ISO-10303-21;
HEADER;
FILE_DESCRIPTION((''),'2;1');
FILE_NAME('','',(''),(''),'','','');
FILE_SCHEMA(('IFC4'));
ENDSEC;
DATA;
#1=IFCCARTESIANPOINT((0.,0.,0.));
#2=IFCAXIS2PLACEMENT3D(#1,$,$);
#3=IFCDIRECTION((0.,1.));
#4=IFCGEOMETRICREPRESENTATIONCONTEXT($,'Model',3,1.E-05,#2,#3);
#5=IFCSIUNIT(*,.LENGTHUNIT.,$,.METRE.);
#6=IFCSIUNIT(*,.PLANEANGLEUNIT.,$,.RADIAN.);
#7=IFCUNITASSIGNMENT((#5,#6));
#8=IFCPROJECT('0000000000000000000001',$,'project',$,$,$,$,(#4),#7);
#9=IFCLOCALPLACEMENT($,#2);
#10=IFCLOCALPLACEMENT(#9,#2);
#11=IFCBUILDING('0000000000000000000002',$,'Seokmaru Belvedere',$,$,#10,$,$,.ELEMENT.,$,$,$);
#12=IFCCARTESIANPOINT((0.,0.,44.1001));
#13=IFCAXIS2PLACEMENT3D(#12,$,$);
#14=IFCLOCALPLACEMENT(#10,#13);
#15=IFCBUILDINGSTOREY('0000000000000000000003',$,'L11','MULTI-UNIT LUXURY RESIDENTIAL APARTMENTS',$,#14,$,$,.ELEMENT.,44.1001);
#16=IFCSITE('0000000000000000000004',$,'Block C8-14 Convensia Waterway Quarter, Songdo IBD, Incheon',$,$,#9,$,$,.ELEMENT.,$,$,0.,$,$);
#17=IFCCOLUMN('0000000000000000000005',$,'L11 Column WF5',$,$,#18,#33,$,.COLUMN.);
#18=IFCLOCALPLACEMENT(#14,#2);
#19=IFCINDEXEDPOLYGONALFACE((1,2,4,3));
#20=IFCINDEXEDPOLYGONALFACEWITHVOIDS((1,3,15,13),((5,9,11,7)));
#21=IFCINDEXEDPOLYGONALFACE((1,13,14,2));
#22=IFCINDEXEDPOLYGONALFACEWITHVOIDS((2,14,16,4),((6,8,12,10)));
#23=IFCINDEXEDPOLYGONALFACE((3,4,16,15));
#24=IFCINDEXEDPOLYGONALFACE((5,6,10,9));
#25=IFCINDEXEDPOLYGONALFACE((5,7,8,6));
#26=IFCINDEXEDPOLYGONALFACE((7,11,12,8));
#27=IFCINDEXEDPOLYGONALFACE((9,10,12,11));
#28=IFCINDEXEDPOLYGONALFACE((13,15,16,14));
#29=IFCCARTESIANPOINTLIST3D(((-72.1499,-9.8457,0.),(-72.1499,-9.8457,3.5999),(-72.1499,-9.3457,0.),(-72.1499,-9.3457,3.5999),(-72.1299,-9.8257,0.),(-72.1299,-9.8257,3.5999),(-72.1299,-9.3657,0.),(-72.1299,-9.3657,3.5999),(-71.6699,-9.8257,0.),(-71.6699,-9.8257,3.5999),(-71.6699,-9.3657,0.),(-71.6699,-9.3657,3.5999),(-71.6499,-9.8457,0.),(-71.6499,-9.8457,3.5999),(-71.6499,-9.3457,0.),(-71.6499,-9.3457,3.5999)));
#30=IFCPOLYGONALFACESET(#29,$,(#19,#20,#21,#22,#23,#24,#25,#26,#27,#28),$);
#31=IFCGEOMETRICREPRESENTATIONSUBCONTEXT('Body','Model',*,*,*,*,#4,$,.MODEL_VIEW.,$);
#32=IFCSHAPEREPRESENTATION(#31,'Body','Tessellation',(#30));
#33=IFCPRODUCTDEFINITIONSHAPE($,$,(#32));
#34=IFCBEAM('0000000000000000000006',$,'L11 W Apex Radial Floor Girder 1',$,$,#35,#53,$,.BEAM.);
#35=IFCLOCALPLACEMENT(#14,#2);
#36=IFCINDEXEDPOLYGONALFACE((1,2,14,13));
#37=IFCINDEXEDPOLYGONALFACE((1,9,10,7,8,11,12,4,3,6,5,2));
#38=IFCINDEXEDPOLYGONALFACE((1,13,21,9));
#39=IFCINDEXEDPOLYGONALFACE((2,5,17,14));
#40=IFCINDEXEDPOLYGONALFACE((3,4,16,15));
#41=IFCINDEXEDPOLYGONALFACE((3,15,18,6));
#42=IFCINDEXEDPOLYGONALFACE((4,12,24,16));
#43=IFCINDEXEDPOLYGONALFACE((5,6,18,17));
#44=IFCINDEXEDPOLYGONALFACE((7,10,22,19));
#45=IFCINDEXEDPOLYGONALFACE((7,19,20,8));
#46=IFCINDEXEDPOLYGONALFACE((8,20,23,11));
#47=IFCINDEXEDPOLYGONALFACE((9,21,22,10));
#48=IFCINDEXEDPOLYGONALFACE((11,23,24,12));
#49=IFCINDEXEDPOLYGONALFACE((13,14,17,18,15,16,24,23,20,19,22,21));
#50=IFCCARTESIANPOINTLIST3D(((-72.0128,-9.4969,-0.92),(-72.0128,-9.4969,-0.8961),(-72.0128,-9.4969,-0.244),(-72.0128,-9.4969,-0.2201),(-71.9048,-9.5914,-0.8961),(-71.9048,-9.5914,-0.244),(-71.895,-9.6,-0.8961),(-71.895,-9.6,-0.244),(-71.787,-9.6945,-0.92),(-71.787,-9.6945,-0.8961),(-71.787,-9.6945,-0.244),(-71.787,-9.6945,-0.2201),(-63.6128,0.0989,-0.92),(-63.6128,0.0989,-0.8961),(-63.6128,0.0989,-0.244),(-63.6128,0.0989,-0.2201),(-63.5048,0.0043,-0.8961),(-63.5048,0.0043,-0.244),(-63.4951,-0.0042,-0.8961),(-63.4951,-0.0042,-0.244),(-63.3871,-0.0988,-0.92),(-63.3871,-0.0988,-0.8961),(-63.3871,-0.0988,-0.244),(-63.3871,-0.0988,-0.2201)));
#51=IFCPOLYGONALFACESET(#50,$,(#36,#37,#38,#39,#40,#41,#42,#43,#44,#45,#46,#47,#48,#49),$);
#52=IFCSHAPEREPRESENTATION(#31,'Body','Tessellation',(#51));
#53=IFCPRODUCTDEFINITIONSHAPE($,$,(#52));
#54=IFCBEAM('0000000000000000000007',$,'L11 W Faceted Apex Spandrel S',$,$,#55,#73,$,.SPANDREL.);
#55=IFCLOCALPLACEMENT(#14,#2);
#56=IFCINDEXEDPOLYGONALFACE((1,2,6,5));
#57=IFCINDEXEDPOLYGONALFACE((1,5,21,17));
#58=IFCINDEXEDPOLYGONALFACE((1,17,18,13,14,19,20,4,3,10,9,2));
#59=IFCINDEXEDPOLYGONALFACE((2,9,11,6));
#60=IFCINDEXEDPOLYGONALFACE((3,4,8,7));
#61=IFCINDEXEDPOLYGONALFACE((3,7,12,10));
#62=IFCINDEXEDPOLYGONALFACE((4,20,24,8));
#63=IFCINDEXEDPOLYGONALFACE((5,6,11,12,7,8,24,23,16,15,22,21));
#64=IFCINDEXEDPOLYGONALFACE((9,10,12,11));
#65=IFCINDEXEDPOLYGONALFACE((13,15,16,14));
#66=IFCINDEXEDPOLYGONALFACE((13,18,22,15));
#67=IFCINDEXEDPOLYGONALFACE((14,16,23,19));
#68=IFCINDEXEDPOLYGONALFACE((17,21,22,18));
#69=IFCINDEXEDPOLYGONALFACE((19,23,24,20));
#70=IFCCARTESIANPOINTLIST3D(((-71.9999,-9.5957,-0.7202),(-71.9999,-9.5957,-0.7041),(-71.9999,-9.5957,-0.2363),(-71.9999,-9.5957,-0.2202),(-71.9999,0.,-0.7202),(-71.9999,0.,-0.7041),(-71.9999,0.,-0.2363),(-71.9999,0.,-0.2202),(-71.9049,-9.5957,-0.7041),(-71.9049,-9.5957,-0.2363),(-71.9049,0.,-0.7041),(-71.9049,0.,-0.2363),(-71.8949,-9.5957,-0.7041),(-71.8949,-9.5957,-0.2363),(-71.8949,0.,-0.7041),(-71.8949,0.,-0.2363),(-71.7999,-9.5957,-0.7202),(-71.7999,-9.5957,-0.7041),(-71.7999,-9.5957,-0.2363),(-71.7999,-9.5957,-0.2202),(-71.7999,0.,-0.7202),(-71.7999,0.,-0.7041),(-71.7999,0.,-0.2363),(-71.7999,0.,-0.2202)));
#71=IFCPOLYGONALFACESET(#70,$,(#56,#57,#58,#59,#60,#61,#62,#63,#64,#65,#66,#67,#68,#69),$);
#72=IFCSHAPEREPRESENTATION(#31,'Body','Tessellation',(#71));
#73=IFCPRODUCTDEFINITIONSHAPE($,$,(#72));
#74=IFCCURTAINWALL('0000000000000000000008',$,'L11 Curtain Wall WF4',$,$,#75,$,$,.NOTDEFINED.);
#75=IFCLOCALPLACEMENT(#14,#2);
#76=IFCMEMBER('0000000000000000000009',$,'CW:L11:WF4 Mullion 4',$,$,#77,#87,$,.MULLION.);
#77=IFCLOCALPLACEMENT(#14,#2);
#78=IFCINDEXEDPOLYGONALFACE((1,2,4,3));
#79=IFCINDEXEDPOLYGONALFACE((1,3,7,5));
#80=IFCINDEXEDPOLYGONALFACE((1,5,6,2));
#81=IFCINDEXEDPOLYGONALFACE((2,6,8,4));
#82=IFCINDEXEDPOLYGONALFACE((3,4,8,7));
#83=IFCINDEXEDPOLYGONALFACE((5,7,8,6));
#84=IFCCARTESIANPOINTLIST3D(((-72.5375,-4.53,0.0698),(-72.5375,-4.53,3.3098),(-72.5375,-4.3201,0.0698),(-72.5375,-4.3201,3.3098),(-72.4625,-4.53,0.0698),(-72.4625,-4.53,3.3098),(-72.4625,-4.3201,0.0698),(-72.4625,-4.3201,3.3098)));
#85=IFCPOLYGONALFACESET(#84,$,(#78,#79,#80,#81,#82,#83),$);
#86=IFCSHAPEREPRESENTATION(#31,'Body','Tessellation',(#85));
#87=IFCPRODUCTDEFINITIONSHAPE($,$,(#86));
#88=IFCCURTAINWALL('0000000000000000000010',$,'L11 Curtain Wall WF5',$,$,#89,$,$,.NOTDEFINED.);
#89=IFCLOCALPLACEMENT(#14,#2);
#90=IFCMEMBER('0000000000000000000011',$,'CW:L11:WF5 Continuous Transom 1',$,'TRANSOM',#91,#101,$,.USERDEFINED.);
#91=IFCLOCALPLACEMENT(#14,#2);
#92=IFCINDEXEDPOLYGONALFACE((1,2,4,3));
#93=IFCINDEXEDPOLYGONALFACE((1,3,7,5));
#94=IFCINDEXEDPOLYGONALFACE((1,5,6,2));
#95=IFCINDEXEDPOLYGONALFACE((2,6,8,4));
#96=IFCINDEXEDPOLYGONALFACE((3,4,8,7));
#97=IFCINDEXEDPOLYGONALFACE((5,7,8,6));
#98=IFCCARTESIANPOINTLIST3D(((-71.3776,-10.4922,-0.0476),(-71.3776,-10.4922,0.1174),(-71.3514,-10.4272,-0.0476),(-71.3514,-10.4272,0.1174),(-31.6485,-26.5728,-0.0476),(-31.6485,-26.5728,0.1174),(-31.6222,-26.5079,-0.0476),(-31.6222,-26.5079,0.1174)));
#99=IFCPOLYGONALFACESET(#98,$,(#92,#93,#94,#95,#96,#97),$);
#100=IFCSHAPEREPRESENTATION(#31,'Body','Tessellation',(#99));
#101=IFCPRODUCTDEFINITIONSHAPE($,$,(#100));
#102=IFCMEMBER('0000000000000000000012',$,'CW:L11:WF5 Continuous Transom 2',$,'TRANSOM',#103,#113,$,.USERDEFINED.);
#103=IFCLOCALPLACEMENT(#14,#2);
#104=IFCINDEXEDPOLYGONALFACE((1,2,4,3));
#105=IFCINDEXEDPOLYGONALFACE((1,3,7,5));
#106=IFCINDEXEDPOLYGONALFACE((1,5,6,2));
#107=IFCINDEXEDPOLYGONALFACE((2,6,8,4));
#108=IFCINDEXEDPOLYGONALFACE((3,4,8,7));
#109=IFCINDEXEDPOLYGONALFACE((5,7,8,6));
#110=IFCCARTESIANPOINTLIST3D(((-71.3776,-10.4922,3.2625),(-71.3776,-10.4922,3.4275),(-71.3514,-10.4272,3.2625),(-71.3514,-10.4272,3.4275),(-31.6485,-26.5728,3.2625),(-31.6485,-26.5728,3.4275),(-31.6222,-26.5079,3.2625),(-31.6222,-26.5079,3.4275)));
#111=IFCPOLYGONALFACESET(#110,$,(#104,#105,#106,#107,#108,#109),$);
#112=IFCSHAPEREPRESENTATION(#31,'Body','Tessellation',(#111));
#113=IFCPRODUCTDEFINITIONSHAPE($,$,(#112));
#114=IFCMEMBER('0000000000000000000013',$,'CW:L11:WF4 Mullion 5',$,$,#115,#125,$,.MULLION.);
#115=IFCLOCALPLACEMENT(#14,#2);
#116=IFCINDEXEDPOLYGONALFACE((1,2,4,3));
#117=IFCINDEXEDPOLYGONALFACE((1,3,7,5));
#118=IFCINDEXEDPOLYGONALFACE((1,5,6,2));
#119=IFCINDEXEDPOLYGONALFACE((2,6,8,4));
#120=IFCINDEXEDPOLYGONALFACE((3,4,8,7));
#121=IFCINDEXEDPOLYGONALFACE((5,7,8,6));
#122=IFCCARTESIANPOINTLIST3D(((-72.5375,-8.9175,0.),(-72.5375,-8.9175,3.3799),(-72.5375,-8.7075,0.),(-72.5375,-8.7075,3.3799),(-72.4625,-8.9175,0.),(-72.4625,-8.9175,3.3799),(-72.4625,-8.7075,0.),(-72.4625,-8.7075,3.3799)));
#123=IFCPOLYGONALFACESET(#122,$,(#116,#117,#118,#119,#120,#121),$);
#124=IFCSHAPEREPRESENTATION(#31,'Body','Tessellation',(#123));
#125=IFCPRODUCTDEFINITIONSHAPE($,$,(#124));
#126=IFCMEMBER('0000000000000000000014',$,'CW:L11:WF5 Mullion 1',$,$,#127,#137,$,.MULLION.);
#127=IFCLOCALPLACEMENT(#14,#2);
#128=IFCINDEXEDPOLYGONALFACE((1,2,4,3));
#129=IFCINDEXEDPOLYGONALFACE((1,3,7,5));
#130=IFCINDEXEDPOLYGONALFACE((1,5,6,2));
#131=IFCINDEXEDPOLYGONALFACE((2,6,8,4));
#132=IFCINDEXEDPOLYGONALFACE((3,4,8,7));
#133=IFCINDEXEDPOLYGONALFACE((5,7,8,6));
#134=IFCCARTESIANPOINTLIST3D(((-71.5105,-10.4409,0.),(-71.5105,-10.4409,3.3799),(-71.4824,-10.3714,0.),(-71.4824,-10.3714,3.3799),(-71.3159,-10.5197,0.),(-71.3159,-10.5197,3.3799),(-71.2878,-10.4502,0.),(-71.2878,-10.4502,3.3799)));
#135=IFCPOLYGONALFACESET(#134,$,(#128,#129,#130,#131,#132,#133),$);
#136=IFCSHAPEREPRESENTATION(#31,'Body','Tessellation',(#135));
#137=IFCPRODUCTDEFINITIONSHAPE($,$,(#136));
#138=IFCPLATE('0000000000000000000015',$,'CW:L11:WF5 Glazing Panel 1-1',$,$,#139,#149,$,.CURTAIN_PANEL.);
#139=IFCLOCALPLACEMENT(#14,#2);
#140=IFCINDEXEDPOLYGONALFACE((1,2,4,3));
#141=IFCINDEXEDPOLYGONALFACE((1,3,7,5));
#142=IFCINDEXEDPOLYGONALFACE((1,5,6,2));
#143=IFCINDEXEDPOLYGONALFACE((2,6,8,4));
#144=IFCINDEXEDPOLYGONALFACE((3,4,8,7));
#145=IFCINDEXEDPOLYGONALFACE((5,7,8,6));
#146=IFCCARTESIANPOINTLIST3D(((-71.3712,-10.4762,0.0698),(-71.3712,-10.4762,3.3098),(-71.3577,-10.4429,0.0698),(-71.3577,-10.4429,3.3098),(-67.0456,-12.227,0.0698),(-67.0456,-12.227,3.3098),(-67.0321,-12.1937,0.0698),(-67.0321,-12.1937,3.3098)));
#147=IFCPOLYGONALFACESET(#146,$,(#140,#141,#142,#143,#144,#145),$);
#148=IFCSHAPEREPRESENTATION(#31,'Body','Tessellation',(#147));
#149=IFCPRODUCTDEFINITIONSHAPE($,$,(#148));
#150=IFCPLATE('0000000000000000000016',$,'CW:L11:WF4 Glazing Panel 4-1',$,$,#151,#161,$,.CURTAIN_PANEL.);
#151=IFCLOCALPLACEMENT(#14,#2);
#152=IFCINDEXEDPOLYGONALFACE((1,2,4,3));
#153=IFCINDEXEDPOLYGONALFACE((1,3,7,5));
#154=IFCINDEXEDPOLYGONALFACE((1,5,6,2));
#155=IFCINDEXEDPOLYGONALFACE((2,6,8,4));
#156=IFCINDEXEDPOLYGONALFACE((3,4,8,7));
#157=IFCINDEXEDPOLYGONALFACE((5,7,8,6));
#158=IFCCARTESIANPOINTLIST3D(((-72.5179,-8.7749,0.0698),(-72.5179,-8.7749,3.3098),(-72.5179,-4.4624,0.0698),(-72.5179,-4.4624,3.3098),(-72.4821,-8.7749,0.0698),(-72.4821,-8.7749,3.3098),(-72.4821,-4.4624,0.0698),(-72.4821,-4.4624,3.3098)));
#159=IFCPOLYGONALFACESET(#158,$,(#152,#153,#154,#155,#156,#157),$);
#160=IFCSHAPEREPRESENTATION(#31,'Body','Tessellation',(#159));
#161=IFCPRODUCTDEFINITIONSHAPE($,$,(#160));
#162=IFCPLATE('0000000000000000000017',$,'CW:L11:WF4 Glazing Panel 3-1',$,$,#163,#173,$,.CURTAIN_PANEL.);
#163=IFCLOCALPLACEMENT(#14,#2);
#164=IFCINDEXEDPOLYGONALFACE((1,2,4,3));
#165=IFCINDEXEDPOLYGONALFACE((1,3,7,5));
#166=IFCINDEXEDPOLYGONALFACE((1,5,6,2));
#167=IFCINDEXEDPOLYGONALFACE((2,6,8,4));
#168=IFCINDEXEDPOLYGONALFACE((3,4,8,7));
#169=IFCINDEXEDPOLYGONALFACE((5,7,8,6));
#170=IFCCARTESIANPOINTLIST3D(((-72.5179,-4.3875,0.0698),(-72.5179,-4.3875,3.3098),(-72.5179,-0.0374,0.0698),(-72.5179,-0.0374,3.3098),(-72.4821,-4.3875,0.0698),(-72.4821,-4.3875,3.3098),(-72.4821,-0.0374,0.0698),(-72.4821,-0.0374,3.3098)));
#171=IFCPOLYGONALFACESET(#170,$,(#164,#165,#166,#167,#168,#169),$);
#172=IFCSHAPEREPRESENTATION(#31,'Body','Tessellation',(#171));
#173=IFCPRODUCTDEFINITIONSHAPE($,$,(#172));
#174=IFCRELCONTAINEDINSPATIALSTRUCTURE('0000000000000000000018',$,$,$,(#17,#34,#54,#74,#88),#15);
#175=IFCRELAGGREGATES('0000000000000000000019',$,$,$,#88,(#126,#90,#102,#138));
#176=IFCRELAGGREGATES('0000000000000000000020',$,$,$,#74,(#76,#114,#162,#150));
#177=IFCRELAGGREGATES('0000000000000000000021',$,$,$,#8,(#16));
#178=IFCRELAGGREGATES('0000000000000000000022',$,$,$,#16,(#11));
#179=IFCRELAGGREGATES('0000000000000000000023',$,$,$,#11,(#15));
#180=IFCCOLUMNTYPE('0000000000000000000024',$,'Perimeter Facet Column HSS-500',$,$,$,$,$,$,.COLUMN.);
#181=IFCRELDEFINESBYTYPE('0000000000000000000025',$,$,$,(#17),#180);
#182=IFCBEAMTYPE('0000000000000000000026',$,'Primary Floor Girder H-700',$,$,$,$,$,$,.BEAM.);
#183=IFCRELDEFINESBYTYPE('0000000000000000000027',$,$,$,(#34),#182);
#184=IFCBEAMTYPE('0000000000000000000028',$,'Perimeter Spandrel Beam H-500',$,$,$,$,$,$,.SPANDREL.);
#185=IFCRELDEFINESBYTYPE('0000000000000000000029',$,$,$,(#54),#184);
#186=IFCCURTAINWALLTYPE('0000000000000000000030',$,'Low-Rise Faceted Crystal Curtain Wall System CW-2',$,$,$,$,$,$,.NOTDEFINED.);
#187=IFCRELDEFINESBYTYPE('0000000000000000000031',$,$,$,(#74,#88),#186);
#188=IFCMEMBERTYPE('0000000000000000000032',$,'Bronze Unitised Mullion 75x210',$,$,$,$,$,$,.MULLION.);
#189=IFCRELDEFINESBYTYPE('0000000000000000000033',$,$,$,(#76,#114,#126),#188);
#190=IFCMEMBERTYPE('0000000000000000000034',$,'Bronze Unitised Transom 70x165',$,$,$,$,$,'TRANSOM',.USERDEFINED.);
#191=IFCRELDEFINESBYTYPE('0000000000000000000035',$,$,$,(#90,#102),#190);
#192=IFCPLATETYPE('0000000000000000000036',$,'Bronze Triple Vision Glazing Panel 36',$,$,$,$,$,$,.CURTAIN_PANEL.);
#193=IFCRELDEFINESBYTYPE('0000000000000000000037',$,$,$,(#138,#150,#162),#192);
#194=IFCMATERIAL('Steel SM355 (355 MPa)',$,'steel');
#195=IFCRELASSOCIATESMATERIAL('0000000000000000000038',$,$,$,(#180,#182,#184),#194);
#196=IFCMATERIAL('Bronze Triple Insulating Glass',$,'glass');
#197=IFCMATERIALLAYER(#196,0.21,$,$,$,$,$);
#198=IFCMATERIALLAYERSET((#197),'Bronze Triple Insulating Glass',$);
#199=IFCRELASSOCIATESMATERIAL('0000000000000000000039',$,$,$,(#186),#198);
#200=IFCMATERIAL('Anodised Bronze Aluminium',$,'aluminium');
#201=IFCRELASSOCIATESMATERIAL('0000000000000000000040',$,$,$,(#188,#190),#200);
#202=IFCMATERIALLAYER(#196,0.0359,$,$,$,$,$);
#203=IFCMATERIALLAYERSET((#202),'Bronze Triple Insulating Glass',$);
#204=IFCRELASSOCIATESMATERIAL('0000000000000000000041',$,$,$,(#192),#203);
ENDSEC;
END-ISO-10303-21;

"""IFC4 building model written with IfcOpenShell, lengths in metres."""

from ifc_helpers import new_model, si_unit, direction, frame, origin, origin_2d, place, context, subcontext, project, spatial, rectangle, hollow_rectangle, i_section, extrude, source, transform, mapped, material, layer, layer_set, material_profile, profile_set, type_object, type_shapes, element, aggregate, save


model = new_model("IFC4")

# Units and contexts
model_context = context("Model", 3, precision=1e-05, world=origin(), true_north=direction((0.0, 1.0)))
body_context = subcontext(model_context, "Body", "Model", "MODEL_VIEW")
ifc_project = project(units=[si_unit("LENGTHUNIT", "METRE"), si_unit("PLANEANGLEUNIT", "RADIAN")], contexts=[model_context])

# Site, building, storey
site_placement = place(None, origin())
site = spatial("IfcSite", under=ifc_project, at=site_placement, Name="Block C8-14 Convensia Waterway Quarter, Songdo IBD, Incheon", CompositionType="ELEMENT", RefElevation=0.0)
building_placement = place(site_placement, origin())
building = spatial("IfcBuilding", under=site, at=building_placement, Name="Seokmaru Belvedere", CompositionType="ELEMENT")
storey_placement = place(building_placement, frame((0.0, 0.0, 44.1001)))
storey = spatial("IfcBuildingStorey", under=building, at=storey_placement, Name="L11", Description="MULTI-UNIT LUXURY RESIDENTIAL APARTMENTS", CompositionType="ELEMENT", Elevation=44.1001)

# Column
ifc_material_1 = material(Name="Steel SM355 (355 MPa)", Category="steel")
ifc_material_profile_1 = material_profile(ifc_material_1, hollow_rectangle(XDim=0.5, YDim=0.5, WallThickness=0.02, at=origin_2d()), Name="HSS-500x500x20")
ifc_profile_set_1 = profile_set([ifc_material_profile_1], Name="Steel SM355 (355 MPa)")
column_type = type_object("IfcColumnType", Name="Perimeter Facet Column HSS-500", PredefinedType="COLUMN", material=ifc_profile_set_1)
shared_shape_1 = source(origin(), body_context, "Body", "SweptSolid", [
    extrude(hollow_rectangle(XDim=0.5, YDim=0.5, WallThickness=0.02, at=origin_2d()), origin(), (0.0, 0.0, 1.0), 3.5999),
])
type_shapes(column_type, [shared_shape_1])
column_placement = place(storey_placement, frame((-71.8999, -9.5957, 0.0), z_axis=(0.0, 0.0, 1.0), x_axis=(1.0, 0.0, 0.0)))
element("IfcColumn", 1, at=column_placement, inside=storey, type_object=column_type, Name="L11 Column WF5", PredefinedType="COLUMN", context=body_context, shape_type="MappedRepresentation", body=[
    mapped(shared_shape_1, transform((0.0, 0.0, 0.0), scale=1.0)),
])

# Beams
ifc_material_profile_2 = material_profile(ifc_material_1, i_section(OverallWidth=0.3, OverallDepth=0.7, WebThickness=0.0129, FlangeThickness=0.0239, at=origin_2d()), Name="H-700x300x13x24")
ifc_profile_set_2 = profile_set([ifc_material_profile_2], Name="Steel SM355 (355 MPa)")
beam_type_1 = type_object("IfcBeamType", Name="Primary Floor Girder H-700", PredefinedType="BEAM", material=ifc_profile_set_2)
shared_shape_2 = source(origin(), body_context, "Body", "SweptSolid", [
    extrude(i_section(OverallWidth=0.3, OverallDepth=0.7, WebThickness=0.0129, FlangeThickness=0.0239, at=origin_2d()), origin(), (0.0, 0.0, 1.0), 12.7529),
])
type_shapes(beam_type_1, [shared_shape_2])
beam_1_placement = place(storey_placement, frame((-71.8999, -9.5957, -0.5701), z_axis=(0.658667, 0.752434, 0.0), x_axis=(-0.752434, 0.658667, 0.0)))
element("IfcBeam", 2, at=beam_1_placement, inside=storey, type_object=beam_type_1, Name="L11 W Apex Radial Floor Girder 1", PredefinedType="BEAM", context=body_context, shape_type="MappedRepresentation", body=[
    mapped(shared_shape_2, transform((0.0, 0.0, 0.0), scale=1.0)),
])
ifc_material_profile_3 = material_profile(ifc_material_1, i_section(OverallWidth=0.2, OverallDepth=0.5, WebThickness=0.01, FlangeThickness=0.0161, at=origin_2d()), Name="H-500x200x10x16")
ifc_profile_set_3 = profile_set([ifc_material_profile_3], Name="Steel SM355 (355 MPa)")
beam_type_2 = type_object("IfcBeamType", Name="Perimeter Spandrel Beam H-500", PredefinedType="SPANDREL", material=ifc_profile_set_3)
shared_shape_3 = source(origin(), body_context, "Body", "SweptSolid", [
    extrude(i_section(OverallWidth=0.2, OverallDepth=0.5, WebThickness=0.01, FlangeThickness=0.0161, at=origin_2d()), origin(), (0.0, 0.0, 1.0), 9.5957),
])
type_shapes(beam_type_2, [shared_shape_3])
beam_2_placement = place(storey_placement, frame((-71.8999, -9.5957, -0.4702), z_axis=(0.0, 1.0, 0.0), x_axis=(-1.0, 0.0, 0.0)))
element("IfcBeam", 3, at=beam_2_placement, inside=storey, type_object=beam_type_2, Name="L11 W Faceted Apex Spandrel S", PredefinedType="SPANDREL", context=body_context, shape_type="MappedRepresentation", body=[
    mapped(shared_shape_3, transform((0.0, 0.0, 0.0), scale=1.0)),
])

# Curtain wall, member
ifc_material_2 = material(Name="Bronze Triple Insulating Glass", Category="glass")
ifc_layer_1 = layer(ifc_material_2, 0.21)
ifc_layer_set_1 = layer_set([ifc_layer_1], Name="Bronze Triple Insulating Glass")
curtain_wall_type = type_object("IfcCurtainWallType", Name="Low-Rise Faceted Crystal Curtain Wall System CW-2", PredefinedType="NOTDEFINED", material=ifc_layer_set_1)
curtain_wall_1_placement = place(storey_placement, origin())
curtain_wall_1 = element("IfcCurtainWall", 4, at=curtain_wall_1_placement, inside=storey, type_object=curtain_wall_type, Name="L11 Curtain Wall WF4", PredefinedType="NOTDEFINED")
ifc_material_3 = material(Name="Anodised Bronze Aluminium", Category="aluminium")
ifc_material_profile_4 = material_profile(ifc_material_3, rectangle(XDim=0.075, YDim=0.21, at=origin_2d()), Name="CW-M-75x210")
ifc_profile_set_4 = profile_set([ifc_material_profile_4], Name="Anodised Bronze Aluminium")
member_type_1 = type_object("IfcMemberType", Name="Bronze Unitised Mullion 75x210", PredefinedType="MULLION", material=ifc_profile_set_4)
shared_shape_4 = source(origin(), body_context, "Body", "SweptSolid", [
    extrude(rectangle(XDim=0.075, YDim=0.21, at=origin_2d()), origin(), (0.0, 0.0, 1.0), 3.24),
])
member_1_placement = place(storey_placement, frame((-72.5, -4.425, 0.0698), z_axis=(0.0, 0.0, 1.0), x_axis=(1.0, 0.0, 0.0)))
member_1 = element("IfcMember", 5, at=member_1_placement, type_object=member_type_1, Name="CW:L11:WF4 Mullion 4", PredefinedType="MULLION", context=body_context, shape_type="MappedRepresentation", body=[
    mapped(shared_shape_4, transform((0.0, 0.0, 0.0), scale=1.0)),
])

# Curtain wall, members
curtain_wall_2_placement = place(storey_placement, origin())
curtain_wall_2 = element("IfcCurtainWall", 6, at=curtain_wall_2_placement, inside=storey, type_object=curtain_wall_type, Name="L11 Curtain Wall WF5", PredefinedType="NOTDEFINED")
ifc_material_profile_5 = material_profile(ifc_material_3, rectangle(XDim=0.0701, YDim=0.165, at=origin_2d()), Name="CW-T-70x165")
ifc_profile_set_5 = profile_set([ifc_material_profile_5], Name="Anodised Bronze Aluminium")
member_type_2 = type_object("IfcMemberType", Name="Bronze Unitised Transom 70x165", ElementType="TRANSOM", PredefinedType="USERDEFINED", material=ifc_profile_set_5)
shared_shape_5 = source(origin(), body_context, "Body", "SweptSolid", [
    extrude(rectangle(XDim=0.0701, YDim=0.165, at=origin_2d()), origin(), (0.0, 0.0, 1.0), 42.8601),
])
type_shapes(member_type_2, [shared_shape_5])
member_2_placement = place(storey_placement, frame((-71.3645, -10.4597, 0.0349), z_axis=(0.926949, -0.375188, 0.0), x_axis=(0.375188, 0.926949, 0.0)))
member_2 = element("IfcMember", 7, at=member_2_placement, type_object=member_type_2, Name="CW:L11:WF5 Continuous Transom 1", ObjectType="TRANSOM", PredefinedType="USERDEFINED", context=body_context, shape_type="MappedRepresentation", body=[
    mapped(shared_shape_5, transform((0.0, 0.0, 0.0), scale=1.0)),
])
member_3_placement = place(storey_placement, frame((-71.3645, -10.4597, 3.345), z_axis=(0.926949, -0.375188, 0.0), x_axis=(0.375188, 0.926949, 0.0)))
member_3 = element("IfcMember", 8, at=member_3_placement, type_object=member_type_2, Name="CW:L11:WF5 Continuous Transom 2", ObjectType="TRANSOM", PredefinedType="USERDEFINED", context=body_context, shape_type="MappedRepresentation", body=[
    mapped(shared_shape_5, transform((0.0, 0.0, 0.0), scale=1.0)),
])

# Members
shared_shape_6 = source(origin(), body_context, "Body", "SweptSolid", [
    extrude(rectangle(XDim=0.075, YDim=0.21, at=origin_2d()), origin(), (0.0, 0.0, 1.0), 3.3799),
])
type_shapes(member_type_1, [shared_shape_4, shared_shape_6])
member_4_placement = place(storey_placement, frame((-72.5, -8.8125, 0.0), z_axis=(0.0, 0.0, 1.0), x_axis=(1.0, 0.0, 0.0)))
member_4 = element("IfcMember", 9, at=member_4_placement, type_object=member_type_1, Name="CW:L11:WF4 Mullion 5", PredefinedType="MULLION", context=body_context, shape_type="MappedRepresentation", body=[
    mapped(shared_shape_6, transform((0.0, 0.0, 0.0), scale=1.0)),
])
member_5_placement = place(storey_placement, frame((-71.3992, -10.4456, 0.0), z_axis=(0.0, 0.0, 1.0), x_axis=(0.375192, 0.926947, 0.0)))
member_5 = element("IfcMember", 10, at=member_5_placement, type_object=member_type_1, Name="CW:L11:WF5 Mullion 1", PredefinedType="MULLION", context=body_context, shape_type="MappedRepresentation", body=[
    mapped(shared_shape_6, transform((0.0, 0.0, 0.0), scale=1.0)),
])

# Plates
ifc_layer_2 = layer(ifc_material_2, 0.0359)
ifc_layer_set_2 = layer_set([ifc_layer_2], Name="Bronze Triple Insulating Glass")
plate_type = type_object("IfcPlateType", Name="Bronze Triple Vision Glazing Panel 36", PredefinedType="CURTAIN_PANEL", material=ifc_layer_set_2)
shared_shape_7 = source(origin(), body_context, "Body", "SweptSolid", [
    extrude(rectangle(XDim=4.6665, YDim=0.0359, at=origin_2d()), origin(), (0.0, 0.0, 1.0), 3.24),
])
plate_1_placement = place(storey_placement, frame((-69.2017, -11.335, 0.0698), z_axis=(0.0, 0.0, 1.0), x_axis=(0.926947, -0.375192, 0.0)))
plate_1 = element("IfcPlate", 11, at=plate_1_placement, type_object=plate_type, Name="CW:L11:WF5 Glazing Panel 1-1", PredefinedType="CURTAIN_PANEL", context=body_context, shape_type="MappedRepresentation", body=[
    mapped(shared_shape_7, transform((0.0, 0.0, 0.0), scale=1.0)),
])
aggregate(curtain_wall_2, [member_5, member_2, member_3, plate_1])
shared_shape_8 = source(origin(), body_context, "Body", "SweptSolid", [
    extrude(rectangle(XDim=4.3125, YDim=0.0359, at=origin_2d()), origin(), (0.0, 0.0, 1.0), 3.24),
])
plate_2_placement = place(storey_placement, frame((-72.5, -6.6187, 0.0698), z_axis=(0.0, 0.0, 1.0), x_axis=(0.0, -1.0, 0.0)))
plate_2 = element("IfcPlate", 12, at=plate_2_placement, type_object=plate_type, Name="CW:L11:WF4 Glazing Panel 4-1", PredefinedType="CURTAIN_PANEL", context=body_context, shape_type="MappedRepresentation", body=[
    mapped(shared_shape_8, transform((0.0, 0.0, 0.0), scale=1.0)),
])
shared_shape_9 = source(origin(), body_context, "Body", "SweptSolid", [
    extrude(rectangle(XDim=4.3501, YDim=0.0359, at=origin_2d()), origin(), (0.0, 0.0, 1.0), 3.24),
])
type_shapes(plate_type, [shared_shape_7, shared_shape_8, shared_shape_9])
plate_3_placement = place(storey_placement, frame((-72.5, -2.2124, 0.0698), z_axis=(0.0, 0.0, 1.0), x_axis=(0.0, -1.0, 0.0)))
plate_3 = element("IfcPlate", 13, at=plate_3_placement, type_object=plate_type, Name="CW:L11:WF4 Glazing Panel 3-1", PredefinedType="CURTAIN_PANEL", context=body_context, shape_type="MappedRepresentation", body=[
    mapped(shared_shape_9, transform((0.0, 0.0, 0.0), scale=1.0)),
])
aggregate(curtain_wall_1, [member_1, member_4, plate_3, plate_2])

save(model, "model.ifc")
